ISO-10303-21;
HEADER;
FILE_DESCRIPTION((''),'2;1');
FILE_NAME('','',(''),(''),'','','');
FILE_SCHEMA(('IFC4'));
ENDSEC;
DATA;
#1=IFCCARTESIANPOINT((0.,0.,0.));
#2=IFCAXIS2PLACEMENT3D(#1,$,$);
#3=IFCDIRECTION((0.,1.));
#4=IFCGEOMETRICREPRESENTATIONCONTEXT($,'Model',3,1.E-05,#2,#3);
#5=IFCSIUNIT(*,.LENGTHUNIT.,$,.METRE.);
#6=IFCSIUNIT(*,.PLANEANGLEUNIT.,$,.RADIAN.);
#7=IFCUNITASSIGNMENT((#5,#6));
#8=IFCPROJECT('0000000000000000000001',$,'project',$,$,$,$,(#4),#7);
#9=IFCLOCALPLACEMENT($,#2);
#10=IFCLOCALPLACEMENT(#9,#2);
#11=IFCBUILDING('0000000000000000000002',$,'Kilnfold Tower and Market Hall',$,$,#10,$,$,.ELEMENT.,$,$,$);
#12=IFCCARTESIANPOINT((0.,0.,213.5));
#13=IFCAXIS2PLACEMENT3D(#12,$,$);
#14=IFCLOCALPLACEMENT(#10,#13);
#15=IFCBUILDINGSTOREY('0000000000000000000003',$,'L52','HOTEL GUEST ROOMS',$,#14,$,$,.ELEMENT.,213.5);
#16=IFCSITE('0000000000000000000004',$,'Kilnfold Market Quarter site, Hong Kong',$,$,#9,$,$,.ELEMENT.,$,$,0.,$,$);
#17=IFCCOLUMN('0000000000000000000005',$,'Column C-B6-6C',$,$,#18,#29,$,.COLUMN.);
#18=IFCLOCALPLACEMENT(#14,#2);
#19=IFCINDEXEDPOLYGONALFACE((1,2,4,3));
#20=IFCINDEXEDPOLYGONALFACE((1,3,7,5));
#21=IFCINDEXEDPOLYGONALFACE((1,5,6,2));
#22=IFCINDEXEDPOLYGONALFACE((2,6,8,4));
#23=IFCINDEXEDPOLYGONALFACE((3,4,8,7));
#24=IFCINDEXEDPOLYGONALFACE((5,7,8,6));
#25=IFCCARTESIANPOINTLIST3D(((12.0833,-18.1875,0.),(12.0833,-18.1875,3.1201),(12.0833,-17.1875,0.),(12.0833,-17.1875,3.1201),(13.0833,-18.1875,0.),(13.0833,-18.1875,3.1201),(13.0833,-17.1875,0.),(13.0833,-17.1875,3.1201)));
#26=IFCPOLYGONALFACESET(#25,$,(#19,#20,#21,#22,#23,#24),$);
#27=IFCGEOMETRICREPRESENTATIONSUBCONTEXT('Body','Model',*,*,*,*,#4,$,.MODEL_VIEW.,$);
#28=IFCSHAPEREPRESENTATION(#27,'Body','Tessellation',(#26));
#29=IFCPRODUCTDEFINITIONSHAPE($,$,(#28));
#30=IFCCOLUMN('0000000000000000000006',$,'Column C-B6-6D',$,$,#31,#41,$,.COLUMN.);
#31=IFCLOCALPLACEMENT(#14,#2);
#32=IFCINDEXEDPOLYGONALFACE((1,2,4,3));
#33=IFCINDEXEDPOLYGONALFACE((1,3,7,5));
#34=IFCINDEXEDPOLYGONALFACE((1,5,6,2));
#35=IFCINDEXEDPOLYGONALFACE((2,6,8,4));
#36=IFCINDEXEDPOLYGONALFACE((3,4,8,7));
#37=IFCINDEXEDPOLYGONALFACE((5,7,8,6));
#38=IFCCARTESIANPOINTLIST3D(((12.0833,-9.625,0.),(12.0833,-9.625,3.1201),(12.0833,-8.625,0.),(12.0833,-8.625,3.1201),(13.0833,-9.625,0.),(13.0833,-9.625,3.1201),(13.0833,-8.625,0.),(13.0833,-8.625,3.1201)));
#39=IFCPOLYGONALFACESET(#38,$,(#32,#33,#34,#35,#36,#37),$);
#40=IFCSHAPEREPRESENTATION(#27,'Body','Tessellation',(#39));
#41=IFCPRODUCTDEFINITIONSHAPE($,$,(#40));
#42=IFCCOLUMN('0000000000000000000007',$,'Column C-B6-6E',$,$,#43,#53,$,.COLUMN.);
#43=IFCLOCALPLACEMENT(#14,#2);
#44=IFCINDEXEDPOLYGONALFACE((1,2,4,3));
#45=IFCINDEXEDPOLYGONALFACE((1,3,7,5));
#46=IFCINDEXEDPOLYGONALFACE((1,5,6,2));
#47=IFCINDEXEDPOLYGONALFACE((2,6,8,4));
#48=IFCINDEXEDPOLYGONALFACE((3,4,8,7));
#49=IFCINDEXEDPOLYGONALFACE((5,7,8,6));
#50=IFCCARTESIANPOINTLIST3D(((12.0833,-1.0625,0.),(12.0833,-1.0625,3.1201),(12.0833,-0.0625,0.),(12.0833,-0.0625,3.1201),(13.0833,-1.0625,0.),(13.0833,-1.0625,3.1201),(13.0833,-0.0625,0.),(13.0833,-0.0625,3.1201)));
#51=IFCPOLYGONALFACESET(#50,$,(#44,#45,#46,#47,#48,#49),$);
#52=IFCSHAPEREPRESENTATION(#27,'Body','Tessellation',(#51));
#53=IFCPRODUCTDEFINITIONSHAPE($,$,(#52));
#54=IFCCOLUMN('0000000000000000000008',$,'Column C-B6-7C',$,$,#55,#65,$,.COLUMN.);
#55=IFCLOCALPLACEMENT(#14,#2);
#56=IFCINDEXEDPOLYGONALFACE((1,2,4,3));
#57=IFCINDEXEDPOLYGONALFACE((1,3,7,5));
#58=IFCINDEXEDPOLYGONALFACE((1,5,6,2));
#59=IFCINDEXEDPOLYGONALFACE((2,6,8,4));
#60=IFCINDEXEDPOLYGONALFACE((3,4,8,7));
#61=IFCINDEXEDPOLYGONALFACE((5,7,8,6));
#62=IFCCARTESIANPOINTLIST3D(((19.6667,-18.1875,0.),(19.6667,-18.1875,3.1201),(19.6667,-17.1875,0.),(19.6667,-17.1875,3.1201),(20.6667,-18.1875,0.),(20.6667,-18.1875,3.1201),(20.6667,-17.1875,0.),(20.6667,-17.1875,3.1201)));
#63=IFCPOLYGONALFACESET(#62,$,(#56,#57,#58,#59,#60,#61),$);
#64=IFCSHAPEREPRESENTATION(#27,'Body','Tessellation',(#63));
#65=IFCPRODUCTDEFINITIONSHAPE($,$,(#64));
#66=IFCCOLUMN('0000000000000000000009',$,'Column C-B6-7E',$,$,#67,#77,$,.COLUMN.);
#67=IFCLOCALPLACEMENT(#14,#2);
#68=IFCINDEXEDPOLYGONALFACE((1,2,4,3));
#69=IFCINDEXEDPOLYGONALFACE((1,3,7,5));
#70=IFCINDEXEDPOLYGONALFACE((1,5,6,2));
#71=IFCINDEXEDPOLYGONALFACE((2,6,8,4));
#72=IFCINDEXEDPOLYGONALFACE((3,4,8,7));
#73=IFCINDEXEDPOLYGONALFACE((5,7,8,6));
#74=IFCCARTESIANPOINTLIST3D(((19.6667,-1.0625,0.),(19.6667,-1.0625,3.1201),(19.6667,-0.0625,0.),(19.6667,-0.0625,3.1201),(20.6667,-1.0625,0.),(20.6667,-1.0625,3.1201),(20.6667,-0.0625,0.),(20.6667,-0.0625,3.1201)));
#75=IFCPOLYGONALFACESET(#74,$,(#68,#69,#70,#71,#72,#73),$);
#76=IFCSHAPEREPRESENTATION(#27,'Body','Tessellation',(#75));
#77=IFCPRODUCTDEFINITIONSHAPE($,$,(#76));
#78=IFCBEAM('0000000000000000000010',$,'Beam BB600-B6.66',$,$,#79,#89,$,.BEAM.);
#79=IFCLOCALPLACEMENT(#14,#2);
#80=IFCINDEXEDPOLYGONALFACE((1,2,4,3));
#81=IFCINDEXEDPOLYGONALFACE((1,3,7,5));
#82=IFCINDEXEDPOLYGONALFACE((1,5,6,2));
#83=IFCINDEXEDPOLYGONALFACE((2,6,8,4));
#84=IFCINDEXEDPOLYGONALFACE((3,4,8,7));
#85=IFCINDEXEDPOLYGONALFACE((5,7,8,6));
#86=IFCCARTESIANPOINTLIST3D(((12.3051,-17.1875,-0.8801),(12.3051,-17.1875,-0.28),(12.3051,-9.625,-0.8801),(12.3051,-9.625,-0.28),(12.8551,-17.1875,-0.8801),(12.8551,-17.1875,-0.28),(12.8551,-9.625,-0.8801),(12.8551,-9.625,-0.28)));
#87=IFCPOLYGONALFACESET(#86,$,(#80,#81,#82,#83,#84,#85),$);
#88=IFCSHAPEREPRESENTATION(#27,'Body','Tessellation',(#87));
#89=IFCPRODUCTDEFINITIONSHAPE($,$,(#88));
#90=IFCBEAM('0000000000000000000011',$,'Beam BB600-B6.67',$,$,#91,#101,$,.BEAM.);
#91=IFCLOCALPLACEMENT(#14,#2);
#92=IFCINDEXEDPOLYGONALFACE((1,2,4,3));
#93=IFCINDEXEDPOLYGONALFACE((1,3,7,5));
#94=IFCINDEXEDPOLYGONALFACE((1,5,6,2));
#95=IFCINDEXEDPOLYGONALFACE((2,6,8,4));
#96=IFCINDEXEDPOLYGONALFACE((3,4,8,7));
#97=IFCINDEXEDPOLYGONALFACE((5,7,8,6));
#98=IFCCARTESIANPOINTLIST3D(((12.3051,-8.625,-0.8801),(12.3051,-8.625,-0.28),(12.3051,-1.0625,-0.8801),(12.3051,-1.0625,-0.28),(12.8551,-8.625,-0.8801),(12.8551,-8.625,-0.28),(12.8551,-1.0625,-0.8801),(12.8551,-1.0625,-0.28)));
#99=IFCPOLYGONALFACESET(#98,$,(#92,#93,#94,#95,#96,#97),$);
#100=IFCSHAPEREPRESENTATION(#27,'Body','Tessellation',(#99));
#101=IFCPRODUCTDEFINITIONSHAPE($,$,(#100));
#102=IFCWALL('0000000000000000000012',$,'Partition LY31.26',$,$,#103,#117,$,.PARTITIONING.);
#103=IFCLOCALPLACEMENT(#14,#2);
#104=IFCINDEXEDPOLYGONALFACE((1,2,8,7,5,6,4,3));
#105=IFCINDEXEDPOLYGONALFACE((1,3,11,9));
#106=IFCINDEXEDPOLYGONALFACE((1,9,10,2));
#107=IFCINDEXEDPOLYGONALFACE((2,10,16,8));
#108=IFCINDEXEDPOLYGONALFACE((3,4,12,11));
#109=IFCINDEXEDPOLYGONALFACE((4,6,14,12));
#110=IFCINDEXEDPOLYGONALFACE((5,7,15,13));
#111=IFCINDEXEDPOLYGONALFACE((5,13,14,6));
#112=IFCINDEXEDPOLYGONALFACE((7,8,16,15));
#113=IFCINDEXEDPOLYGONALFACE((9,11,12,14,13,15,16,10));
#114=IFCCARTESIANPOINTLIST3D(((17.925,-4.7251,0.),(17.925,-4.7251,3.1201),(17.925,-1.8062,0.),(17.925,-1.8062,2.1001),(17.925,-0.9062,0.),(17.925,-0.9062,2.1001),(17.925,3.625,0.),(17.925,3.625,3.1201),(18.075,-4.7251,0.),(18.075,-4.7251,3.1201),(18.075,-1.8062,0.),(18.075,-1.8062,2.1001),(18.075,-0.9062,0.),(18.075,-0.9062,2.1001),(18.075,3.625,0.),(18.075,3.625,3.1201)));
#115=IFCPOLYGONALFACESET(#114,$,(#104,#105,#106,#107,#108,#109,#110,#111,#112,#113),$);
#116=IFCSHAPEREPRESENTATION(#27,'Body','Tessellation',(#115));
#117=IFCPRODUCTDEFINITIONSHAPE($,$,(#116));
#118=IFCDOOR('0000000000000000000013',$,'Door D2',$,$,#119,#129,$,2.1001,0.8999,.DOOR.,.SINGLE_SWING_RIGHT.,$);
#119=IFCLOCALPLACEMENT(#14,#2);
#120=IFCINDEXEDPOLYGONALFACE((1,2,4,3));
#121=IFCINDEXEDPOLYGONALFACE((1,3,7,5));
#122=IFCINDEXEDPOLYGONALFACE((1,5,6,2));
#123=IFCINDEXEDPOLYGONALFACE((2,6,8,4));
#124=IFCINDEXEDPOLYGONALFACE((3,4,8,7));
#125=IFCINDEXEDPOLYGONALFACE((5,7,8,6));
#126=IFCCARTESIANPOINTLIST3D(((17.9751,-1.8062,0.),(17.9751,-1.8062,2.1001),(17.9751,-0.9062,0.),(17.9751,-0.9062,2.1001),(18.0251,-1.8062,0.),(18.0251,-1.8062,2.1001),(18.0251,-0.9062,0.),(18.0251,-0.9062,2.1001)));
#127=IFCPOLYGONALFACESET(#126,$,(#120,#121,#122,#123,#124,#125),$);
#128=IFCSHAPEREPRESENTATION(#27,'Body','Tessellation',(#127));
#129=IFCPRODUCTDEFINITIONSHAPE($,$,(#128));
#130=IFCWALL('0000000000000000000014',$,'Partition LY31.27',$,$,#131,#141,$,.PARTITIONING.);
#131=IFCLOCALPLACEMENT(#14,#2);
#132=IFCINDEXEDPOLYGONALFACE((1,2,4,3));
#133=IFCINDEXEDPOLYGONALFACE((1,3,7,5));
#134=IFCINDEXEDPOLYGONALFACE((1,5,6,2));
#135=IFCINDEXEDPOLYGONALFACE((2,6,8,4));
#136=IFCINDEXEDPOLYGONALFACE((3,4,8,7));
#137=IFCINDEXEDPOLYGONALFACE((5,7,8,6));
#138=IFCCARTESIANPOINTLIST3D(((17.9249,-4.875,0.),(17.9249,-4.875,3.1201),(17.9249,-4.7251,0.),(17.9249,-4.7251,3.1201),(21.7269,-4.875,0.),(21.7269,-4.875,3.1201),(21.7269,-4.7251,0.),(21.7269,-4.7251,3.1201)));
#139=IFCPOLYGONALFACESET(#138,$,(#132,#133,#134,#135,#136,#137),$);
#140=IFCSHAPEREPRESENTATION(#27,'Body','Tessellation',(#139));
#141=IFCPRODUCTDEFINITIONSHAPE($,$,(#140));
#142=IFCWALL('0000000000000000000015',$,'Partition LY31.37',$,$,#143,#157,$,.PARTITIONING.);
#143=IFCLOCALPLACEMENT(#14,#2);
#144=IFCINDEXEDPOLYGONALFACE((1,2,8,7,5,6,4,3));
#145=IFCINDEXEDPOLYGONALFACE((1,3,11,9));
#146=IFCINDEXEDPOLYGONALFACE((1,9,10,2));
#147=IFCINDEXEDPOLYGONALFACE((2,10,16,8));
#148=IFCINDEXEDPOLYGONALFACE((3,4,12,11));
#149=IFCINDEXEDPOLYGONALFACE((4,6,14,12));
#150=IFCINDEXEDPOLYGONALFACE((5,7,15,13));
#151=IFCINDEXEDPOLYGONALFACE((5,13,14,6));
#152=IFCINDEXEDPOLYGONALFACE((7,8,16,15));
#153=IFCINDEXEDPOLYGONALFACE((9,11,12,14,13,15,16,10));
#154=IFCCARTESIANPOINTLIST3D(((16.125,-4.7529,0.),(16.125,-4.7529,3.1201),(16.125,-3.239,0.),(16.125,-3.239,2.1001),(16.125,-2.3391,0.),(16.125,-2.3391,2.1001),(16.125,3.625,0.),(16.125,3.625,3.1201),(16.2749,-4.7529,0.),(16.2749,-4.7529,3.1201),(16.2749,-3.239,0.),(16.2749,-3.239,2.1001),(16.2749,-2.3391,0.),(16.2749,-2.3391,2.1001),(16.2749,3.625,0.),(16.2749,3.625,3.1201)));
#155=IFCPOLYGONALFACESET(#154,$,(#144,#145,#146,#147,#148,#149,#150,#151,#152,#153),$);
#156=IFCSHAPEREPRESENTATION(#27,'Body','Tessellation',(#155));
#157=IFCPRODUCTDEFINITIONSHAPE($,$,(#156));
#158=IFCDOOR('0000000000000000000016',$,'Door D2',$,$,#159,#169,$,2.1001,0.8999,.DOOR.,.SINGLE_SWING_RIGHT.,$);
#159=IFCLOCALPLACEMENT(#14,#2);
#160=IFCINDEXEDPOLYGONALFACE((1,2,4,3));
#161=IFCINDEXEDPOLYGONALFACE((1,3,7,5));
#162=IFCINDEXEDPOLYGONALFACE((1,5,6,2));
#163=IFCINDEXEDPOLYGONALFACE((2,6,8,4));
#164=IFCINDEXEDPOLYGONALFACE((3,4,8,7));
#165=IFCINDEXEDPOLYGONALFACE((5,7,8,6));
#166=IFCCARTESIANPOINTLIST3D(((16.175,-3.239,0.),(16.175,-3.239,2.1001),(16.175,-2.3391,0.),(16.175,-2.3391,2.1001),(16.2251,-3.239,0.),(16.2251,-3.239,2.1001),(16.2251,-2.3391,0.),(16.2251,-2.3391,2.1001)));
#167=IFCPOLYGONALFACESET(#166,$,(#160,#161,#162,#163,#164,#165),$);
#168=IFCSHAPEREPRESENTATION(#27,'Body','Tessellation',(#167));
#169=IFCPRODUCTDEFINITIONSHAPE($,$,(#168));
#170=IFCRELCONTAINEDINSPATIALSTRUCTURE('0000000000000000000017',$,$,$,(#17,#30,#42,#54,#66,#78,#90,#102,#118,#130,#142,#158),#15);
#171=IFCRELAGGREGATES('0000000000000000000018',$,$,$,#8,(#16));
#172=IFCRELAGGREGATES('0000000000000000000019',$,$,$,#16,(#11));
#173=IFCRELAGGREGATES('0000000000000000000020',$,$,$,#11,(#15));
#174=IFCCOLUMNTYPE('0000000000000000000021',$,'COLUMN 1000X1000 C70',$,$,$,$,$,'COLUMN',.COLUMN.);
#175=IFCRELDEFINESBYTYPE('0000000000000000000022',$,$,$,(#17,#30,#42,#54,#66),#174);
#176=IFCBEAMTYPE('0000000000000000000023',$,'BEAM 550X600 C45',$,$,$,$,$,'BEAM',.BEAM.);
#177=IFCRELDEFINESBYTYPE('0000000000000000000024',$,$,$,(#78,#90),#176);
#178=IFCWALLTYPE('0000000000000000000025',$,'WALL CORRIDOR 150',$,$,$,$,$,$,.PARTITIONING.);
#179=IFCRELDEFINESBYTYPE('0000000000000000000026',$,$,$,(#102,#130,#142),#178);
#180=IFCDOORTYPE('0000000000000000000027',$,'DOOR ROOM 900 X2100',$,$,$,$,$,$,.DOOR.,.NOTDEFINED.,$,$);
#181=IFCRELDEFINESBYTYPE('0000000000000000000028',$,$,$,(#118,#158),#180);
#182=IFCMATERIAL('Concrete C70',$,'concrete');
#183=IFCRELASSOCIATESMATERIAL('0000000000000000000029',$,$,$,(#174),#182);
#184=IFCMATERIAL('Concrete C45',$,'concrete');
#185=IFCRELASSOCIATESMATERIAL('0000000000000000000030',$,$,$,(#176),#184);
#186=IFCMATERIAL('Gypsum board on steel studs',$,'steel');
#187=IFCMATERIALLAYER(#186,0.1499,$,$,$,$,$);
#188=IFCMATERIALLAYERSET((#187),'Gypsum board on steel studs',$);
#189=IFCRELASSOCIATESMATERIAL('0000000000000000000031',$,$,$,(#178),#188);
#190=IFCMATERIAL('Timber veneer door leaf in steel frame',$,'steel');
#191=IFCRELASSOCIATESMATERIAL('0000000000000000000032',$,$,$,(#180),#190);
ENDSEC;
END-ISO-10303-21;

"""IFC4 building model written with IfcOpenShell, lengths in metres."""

from ifc_helpers import new_model, si_unit, direction, frame, frame_2d, origin, origin_2d, place, context, subcontext, project, spatial, rectangle, extrude, source, transform, mapped, material, layer, layer_set, material_profile, profile_set, type_object, element, fill, save


model = new_model("IFC4")

# Units and contexts
model_context = context("Model", 3, precision=1e-05, world=origin(), true_north=direction((0.0, 1.0)))
body_context = subcontext(model_context, "Body", "Model", "MODEL_VIEW")
ifc_project = project(units=[si_unit("LENGTHUNIT", "METRE"), si_unit("PLANEANGLEUNIT", "RADIAN")], contexts=[model_context])

# Site, building, storey
site_placement = place(None, origin())
site = spatial("IfcSite", under=ifc_project, at=site_placement, Name="Kilnfold Market Quarter site, Hong Kong", CompositionType="ELEMENT", RefElevation=0.0)
building_placement = place(site_placement, origin())
building = spatial("IfcBuilding", under=site, at=building_placement, Name="Kilnfold Tower and Market Hall", CompositionType="ELEMENT")
storey_placement = place(building_placement, frame((0.0, 0.0, 213.5)))
storey = spatial("IfcBuildingStorey", under=building, at=storey_placement, Name="L52", Description="HOTEL GUEST ROOMS", CompositionType="ELEMENT", Elevation=213.5)

# Columns
ifc_material_1 = material(Name="Concrete C70", Category="concrete")
ifc_material_profile_1 = material_profile(ifc_material_1, rectangle(XDim=1.0, YDim=1.0, at=origin_2d()), Name="RC 1000x1000")
ifc_profile_set_1 = profile_set([ifc_material_profile_1], Name="Concrete C70")
column_type = type_object("IfcColumnType", Name="COLUMN 1000X1000 C70", ElementType="COLUMN", PredefinedType="COLUMN", material=ifc_profile_set_1)
shared_shape_1 = source(origin(), body_context, "Body", "SweptSolid", [
    extrude(rectangle(XDim=1.0, YDim=1.0, at=origin_2d()), origin(), (0.0, 0.0, 1.0), 3.1201),
])
for number, where, z_axis, x_axis, name in (
    (1, (12.5833, -17.6875, 0.0), (0.0, 0.0, 1.0), (1.0, 0.0, 0.0), "Column C-B6-6C"),
    (2, (12.5833, -9.125, 0.0), (0.0, 0.0, 1.0), (1.0, 0.0, 0.0), "Column C-B6-6D"),
    (3, (12.5833, -0.5625, 0.0), (0.0, 0.0, 1.0), (1.0, 0.0, 0.0), "Column C-B6-6E"),
    (4, (20.1667, -17.6875, 0.0), (0.0, 0.0, 1.0), (1.0, 0.0, 0.0), "Column C-B6-7C"),
    (5, (20.1667, -0.5625, 0.0), (0.0, 0.0, 1.0), (1.0, 0.0, 0.0), "Column C-B6-7E"),
):
    element("IfcColumn", number, at=place(storey_placement, frame(where, z_axis=z_axis, x_axis=x_axis)), inside=storey, type_object=column_type, Name=name, PredefinedType="COLUMN", context=body_context, shape_type="MappedRepresentation", body=[
        mapped(shared_shape_1, transform((0.0, 0.0, 0.0))),
    ])

# Beams
ifc_material_2 = material(Name="Concrete C45", Category="concrete")
ifc_material_profile_2 = material_profile(ifc_material_2, rectangle(XDim=0.55, YDim=0.6001, at=origin_2d()), Name="RC 550x600")
ifc_profile_set_2 = profile_set([ifc_material_profile_2], Name="Concrete C45")
beam_type = type_object("IfcBeamType", Name="BEAM 550X600 C45", ElementType="BEAM", PredefinedType="BEAM", material=ifc_profile_set_2)
shared_shape_2 = source(origin(), body_context, "Body", "SweptSolid", [
    extrude(rectangle(XDim=0.55, YDim=0.6001, at=origin_2d()), origin(), (0.0, 0.0, 1.0), 7.5625),
])
for number, where, z_axis, x_axis, name in (
    (6, (12.5801, -17.1875, -0.5801), (0.0, 1.0, 0.0), (-1.0, 0.0, 0.0), "Beam BB600-B6.66"),
    (7, (12.5801, -8.625, -0.5801), (0.0, 1.0, 0.0), (-1.0, 0.0, 0.0), "Beam BB600-B6.67"),
):
    element("IfcBeam", number, at=place(storey_placement, frame(where, z_axis=z_axis, x_axis=x_axis)), inside=storey, type_object=beam_type, Name=name, PredefinedType="BEAM", context=body_context, shape_type="MappedRepresentation", body=[
        mapped(shared_shape_2, transform((0.0, 0.0, 0.0))),
    ])

# Wall, opening, door
ifc_material_3 = material(Name="Gypsum board on steel studs", Category="steel")
ifc_layer_1 = layer(ifc_material_3, 0.1499)
ifc_layer_set_1 = layer_set([ifc_layer_1], Name="Gypsum board on steel studs")
wall_type_1 = type_object("IfcWallType", Name="WALL CORRIDOR 150", PredefinedType="PARTITIONING", material=ifc_layer_set_1)
wall_1_placement = place(storey_placement, frame((18.0, -4.7251, 0.0), z_axis=(0.0, 0.0, 1.0), x_axis=(0.0, 1.0, 0.0)))
wall_1 = element("IfcWall", 8, at=wall_1_placement, inside=storey, type_object=wall_type_1, Name="Partition LY31.26", PredefinedType="PARTITIONING", context=body_context, shape_type="SweptSolid", body=[
    extrude(rectangle(XDim=8.3501, YDim=0.1499, at=frame_2d((4.175, 0.0))), origin(), (0.0, 0.0, 1.0), 3.1201),
])
opening_1_placement = place(wall_1_placement, frame((2.9189, 0.0, 0.0)))
opening_1 = element("IfcOpeningElement", 9, at=opening_1_placement, cuts=wall_1, PredefinedType="OPENING", context=body_context, shape_type="SweptSolid", body=[
    extrude(rectangle(XDim=0.8999, YDim=2.1001, at=frame_2d((0.45, 1.05))), frame((0.0, 0.085, 0.0), z_axis=(0.0, -1.0, 0.0), x_axis=(1.0, 0.0, 0.0)), (0.0, 0.0, 1.0), 0.1699),
])
ifc_material_4 = material(Name="Timber veneer door leaf in steel frame", Category="steel")
door_type_1 = type_object("IfcDoorType", Name="DOOR ROOM 900 X2100", OperationType="NOTDEFINED", PredefinedType="DOOR", material=ifc_material_4)
door_1_placement = place(opening_1_placement, origin())
door_1 = element("IfcDoor", 10, at=door_1_placement, inside=storey, type_object=door_type_1, Name="Door D2", OperationType="SINGLE_SWING_RIGHT", OverallHeight=2.1001, OverallWidth=0.8999, PredefinedType="DOOR", context=body_context, shape_type="SweptSolid", body=[
    extrude(rectangle(XDim=0.8999, YDim=2.1001, at=frame_2d((0.45, 1.05))), frame((0.0, 0.0249, 0.0), z_axis=(0.0, -1.0, 0.0), x_axis=(1.0, 0.0, 0.0)), (0.0, 0.0, 1.0), 0.05),
])
fill(opening_1, door_1)

# Wall
wall_2_placement = place(storey_placement, frame((17.925, -4.8, 0.0), z_axis=(0.0, 0.0, 1.0), x_axis=(1.0, 0.0, 0.0)))
element("IfcWall", 11, at=wall_2_placement, inside=storey, type_object=wall_type_1, Name="Partition LY31.27", PredefinedType="PARTITIONING", context=body_context, shape_type="SweptSolid", body=[
    extrude(rectangle(XDim=3.802, YDim=0.1499, at=frame_2d((1.9009, 0.0))), origin(), (0.0, 0.0, 1.0), 3.1201),
])

# Wall, opening, door
wall_3_placement = place(storey_placement, frame((16.2, -4.7529, 0.0), z_axis=(0.0, 0.0, 1.0), x_axis=(0.0, 1.0, 0.0)))
wall_3 = element("IfcWall", 12, at=wall_3_placement, inside=storey, type_object=wall_type_1, Name="Partition LY31.37", PredefinedType="PARTITIONING", context=body_context, shape_type="SweptSolid", body=[
    extrude(rectangle(XDim=8.3779, YDim=0.1499, at=frame_2d((4.189, 0.0))), origin(), (0.0, 0.0, 1.0), 3.1201),
])
opening_2_placement = place(wall_3_placement, frame((1.5139, 0.0, 0.0)))
opening_2 = element("IfcOpeningElement", 13, at=opening_2_placement, cuts=wall_3, PredefinedType="OPENING", context=body_context, shape_type="SweptSolid", body=[
    extrude(rectangle(XDim=0.8999, YDim=2.1001, at=frame_2d((0.45, 1.05))), frame((0.0, 0.085, 0.0), z_axis=(0.0, -1.0, 0.0), x_axis=(1.0, 0.0, 0.0)), (0.0, 0.0, 1.0), 0.1699),
])
door_2_placement = place(opening_2_placement, origin())
door_2 = element("IfcDoor", 14, at=door_2_placement, inside=storey, type_object=door_type_1, Name="Door D2", OperationType="SINGLE_SWING_RIGHT", OverallHeight=2.1001, OverallWidth=0.8999, PredefinedType="DOOR", context=body_context, shape_type="SweptSolid", body=[
    extrude(rectangle(XDim=0.8999, YDim=2.1001, at=frame_2d((0.45, 1.05))), frame((0.0, 0.0249, 0.0), z_axis=(0.0, -1.0, 0.0), x_axis=(1.0, 0.0, 0.0)), (0.0, 0.0, 1.0), 0.05),
])
fill(opening_2, door_2)

save(model, "model.ifc")
